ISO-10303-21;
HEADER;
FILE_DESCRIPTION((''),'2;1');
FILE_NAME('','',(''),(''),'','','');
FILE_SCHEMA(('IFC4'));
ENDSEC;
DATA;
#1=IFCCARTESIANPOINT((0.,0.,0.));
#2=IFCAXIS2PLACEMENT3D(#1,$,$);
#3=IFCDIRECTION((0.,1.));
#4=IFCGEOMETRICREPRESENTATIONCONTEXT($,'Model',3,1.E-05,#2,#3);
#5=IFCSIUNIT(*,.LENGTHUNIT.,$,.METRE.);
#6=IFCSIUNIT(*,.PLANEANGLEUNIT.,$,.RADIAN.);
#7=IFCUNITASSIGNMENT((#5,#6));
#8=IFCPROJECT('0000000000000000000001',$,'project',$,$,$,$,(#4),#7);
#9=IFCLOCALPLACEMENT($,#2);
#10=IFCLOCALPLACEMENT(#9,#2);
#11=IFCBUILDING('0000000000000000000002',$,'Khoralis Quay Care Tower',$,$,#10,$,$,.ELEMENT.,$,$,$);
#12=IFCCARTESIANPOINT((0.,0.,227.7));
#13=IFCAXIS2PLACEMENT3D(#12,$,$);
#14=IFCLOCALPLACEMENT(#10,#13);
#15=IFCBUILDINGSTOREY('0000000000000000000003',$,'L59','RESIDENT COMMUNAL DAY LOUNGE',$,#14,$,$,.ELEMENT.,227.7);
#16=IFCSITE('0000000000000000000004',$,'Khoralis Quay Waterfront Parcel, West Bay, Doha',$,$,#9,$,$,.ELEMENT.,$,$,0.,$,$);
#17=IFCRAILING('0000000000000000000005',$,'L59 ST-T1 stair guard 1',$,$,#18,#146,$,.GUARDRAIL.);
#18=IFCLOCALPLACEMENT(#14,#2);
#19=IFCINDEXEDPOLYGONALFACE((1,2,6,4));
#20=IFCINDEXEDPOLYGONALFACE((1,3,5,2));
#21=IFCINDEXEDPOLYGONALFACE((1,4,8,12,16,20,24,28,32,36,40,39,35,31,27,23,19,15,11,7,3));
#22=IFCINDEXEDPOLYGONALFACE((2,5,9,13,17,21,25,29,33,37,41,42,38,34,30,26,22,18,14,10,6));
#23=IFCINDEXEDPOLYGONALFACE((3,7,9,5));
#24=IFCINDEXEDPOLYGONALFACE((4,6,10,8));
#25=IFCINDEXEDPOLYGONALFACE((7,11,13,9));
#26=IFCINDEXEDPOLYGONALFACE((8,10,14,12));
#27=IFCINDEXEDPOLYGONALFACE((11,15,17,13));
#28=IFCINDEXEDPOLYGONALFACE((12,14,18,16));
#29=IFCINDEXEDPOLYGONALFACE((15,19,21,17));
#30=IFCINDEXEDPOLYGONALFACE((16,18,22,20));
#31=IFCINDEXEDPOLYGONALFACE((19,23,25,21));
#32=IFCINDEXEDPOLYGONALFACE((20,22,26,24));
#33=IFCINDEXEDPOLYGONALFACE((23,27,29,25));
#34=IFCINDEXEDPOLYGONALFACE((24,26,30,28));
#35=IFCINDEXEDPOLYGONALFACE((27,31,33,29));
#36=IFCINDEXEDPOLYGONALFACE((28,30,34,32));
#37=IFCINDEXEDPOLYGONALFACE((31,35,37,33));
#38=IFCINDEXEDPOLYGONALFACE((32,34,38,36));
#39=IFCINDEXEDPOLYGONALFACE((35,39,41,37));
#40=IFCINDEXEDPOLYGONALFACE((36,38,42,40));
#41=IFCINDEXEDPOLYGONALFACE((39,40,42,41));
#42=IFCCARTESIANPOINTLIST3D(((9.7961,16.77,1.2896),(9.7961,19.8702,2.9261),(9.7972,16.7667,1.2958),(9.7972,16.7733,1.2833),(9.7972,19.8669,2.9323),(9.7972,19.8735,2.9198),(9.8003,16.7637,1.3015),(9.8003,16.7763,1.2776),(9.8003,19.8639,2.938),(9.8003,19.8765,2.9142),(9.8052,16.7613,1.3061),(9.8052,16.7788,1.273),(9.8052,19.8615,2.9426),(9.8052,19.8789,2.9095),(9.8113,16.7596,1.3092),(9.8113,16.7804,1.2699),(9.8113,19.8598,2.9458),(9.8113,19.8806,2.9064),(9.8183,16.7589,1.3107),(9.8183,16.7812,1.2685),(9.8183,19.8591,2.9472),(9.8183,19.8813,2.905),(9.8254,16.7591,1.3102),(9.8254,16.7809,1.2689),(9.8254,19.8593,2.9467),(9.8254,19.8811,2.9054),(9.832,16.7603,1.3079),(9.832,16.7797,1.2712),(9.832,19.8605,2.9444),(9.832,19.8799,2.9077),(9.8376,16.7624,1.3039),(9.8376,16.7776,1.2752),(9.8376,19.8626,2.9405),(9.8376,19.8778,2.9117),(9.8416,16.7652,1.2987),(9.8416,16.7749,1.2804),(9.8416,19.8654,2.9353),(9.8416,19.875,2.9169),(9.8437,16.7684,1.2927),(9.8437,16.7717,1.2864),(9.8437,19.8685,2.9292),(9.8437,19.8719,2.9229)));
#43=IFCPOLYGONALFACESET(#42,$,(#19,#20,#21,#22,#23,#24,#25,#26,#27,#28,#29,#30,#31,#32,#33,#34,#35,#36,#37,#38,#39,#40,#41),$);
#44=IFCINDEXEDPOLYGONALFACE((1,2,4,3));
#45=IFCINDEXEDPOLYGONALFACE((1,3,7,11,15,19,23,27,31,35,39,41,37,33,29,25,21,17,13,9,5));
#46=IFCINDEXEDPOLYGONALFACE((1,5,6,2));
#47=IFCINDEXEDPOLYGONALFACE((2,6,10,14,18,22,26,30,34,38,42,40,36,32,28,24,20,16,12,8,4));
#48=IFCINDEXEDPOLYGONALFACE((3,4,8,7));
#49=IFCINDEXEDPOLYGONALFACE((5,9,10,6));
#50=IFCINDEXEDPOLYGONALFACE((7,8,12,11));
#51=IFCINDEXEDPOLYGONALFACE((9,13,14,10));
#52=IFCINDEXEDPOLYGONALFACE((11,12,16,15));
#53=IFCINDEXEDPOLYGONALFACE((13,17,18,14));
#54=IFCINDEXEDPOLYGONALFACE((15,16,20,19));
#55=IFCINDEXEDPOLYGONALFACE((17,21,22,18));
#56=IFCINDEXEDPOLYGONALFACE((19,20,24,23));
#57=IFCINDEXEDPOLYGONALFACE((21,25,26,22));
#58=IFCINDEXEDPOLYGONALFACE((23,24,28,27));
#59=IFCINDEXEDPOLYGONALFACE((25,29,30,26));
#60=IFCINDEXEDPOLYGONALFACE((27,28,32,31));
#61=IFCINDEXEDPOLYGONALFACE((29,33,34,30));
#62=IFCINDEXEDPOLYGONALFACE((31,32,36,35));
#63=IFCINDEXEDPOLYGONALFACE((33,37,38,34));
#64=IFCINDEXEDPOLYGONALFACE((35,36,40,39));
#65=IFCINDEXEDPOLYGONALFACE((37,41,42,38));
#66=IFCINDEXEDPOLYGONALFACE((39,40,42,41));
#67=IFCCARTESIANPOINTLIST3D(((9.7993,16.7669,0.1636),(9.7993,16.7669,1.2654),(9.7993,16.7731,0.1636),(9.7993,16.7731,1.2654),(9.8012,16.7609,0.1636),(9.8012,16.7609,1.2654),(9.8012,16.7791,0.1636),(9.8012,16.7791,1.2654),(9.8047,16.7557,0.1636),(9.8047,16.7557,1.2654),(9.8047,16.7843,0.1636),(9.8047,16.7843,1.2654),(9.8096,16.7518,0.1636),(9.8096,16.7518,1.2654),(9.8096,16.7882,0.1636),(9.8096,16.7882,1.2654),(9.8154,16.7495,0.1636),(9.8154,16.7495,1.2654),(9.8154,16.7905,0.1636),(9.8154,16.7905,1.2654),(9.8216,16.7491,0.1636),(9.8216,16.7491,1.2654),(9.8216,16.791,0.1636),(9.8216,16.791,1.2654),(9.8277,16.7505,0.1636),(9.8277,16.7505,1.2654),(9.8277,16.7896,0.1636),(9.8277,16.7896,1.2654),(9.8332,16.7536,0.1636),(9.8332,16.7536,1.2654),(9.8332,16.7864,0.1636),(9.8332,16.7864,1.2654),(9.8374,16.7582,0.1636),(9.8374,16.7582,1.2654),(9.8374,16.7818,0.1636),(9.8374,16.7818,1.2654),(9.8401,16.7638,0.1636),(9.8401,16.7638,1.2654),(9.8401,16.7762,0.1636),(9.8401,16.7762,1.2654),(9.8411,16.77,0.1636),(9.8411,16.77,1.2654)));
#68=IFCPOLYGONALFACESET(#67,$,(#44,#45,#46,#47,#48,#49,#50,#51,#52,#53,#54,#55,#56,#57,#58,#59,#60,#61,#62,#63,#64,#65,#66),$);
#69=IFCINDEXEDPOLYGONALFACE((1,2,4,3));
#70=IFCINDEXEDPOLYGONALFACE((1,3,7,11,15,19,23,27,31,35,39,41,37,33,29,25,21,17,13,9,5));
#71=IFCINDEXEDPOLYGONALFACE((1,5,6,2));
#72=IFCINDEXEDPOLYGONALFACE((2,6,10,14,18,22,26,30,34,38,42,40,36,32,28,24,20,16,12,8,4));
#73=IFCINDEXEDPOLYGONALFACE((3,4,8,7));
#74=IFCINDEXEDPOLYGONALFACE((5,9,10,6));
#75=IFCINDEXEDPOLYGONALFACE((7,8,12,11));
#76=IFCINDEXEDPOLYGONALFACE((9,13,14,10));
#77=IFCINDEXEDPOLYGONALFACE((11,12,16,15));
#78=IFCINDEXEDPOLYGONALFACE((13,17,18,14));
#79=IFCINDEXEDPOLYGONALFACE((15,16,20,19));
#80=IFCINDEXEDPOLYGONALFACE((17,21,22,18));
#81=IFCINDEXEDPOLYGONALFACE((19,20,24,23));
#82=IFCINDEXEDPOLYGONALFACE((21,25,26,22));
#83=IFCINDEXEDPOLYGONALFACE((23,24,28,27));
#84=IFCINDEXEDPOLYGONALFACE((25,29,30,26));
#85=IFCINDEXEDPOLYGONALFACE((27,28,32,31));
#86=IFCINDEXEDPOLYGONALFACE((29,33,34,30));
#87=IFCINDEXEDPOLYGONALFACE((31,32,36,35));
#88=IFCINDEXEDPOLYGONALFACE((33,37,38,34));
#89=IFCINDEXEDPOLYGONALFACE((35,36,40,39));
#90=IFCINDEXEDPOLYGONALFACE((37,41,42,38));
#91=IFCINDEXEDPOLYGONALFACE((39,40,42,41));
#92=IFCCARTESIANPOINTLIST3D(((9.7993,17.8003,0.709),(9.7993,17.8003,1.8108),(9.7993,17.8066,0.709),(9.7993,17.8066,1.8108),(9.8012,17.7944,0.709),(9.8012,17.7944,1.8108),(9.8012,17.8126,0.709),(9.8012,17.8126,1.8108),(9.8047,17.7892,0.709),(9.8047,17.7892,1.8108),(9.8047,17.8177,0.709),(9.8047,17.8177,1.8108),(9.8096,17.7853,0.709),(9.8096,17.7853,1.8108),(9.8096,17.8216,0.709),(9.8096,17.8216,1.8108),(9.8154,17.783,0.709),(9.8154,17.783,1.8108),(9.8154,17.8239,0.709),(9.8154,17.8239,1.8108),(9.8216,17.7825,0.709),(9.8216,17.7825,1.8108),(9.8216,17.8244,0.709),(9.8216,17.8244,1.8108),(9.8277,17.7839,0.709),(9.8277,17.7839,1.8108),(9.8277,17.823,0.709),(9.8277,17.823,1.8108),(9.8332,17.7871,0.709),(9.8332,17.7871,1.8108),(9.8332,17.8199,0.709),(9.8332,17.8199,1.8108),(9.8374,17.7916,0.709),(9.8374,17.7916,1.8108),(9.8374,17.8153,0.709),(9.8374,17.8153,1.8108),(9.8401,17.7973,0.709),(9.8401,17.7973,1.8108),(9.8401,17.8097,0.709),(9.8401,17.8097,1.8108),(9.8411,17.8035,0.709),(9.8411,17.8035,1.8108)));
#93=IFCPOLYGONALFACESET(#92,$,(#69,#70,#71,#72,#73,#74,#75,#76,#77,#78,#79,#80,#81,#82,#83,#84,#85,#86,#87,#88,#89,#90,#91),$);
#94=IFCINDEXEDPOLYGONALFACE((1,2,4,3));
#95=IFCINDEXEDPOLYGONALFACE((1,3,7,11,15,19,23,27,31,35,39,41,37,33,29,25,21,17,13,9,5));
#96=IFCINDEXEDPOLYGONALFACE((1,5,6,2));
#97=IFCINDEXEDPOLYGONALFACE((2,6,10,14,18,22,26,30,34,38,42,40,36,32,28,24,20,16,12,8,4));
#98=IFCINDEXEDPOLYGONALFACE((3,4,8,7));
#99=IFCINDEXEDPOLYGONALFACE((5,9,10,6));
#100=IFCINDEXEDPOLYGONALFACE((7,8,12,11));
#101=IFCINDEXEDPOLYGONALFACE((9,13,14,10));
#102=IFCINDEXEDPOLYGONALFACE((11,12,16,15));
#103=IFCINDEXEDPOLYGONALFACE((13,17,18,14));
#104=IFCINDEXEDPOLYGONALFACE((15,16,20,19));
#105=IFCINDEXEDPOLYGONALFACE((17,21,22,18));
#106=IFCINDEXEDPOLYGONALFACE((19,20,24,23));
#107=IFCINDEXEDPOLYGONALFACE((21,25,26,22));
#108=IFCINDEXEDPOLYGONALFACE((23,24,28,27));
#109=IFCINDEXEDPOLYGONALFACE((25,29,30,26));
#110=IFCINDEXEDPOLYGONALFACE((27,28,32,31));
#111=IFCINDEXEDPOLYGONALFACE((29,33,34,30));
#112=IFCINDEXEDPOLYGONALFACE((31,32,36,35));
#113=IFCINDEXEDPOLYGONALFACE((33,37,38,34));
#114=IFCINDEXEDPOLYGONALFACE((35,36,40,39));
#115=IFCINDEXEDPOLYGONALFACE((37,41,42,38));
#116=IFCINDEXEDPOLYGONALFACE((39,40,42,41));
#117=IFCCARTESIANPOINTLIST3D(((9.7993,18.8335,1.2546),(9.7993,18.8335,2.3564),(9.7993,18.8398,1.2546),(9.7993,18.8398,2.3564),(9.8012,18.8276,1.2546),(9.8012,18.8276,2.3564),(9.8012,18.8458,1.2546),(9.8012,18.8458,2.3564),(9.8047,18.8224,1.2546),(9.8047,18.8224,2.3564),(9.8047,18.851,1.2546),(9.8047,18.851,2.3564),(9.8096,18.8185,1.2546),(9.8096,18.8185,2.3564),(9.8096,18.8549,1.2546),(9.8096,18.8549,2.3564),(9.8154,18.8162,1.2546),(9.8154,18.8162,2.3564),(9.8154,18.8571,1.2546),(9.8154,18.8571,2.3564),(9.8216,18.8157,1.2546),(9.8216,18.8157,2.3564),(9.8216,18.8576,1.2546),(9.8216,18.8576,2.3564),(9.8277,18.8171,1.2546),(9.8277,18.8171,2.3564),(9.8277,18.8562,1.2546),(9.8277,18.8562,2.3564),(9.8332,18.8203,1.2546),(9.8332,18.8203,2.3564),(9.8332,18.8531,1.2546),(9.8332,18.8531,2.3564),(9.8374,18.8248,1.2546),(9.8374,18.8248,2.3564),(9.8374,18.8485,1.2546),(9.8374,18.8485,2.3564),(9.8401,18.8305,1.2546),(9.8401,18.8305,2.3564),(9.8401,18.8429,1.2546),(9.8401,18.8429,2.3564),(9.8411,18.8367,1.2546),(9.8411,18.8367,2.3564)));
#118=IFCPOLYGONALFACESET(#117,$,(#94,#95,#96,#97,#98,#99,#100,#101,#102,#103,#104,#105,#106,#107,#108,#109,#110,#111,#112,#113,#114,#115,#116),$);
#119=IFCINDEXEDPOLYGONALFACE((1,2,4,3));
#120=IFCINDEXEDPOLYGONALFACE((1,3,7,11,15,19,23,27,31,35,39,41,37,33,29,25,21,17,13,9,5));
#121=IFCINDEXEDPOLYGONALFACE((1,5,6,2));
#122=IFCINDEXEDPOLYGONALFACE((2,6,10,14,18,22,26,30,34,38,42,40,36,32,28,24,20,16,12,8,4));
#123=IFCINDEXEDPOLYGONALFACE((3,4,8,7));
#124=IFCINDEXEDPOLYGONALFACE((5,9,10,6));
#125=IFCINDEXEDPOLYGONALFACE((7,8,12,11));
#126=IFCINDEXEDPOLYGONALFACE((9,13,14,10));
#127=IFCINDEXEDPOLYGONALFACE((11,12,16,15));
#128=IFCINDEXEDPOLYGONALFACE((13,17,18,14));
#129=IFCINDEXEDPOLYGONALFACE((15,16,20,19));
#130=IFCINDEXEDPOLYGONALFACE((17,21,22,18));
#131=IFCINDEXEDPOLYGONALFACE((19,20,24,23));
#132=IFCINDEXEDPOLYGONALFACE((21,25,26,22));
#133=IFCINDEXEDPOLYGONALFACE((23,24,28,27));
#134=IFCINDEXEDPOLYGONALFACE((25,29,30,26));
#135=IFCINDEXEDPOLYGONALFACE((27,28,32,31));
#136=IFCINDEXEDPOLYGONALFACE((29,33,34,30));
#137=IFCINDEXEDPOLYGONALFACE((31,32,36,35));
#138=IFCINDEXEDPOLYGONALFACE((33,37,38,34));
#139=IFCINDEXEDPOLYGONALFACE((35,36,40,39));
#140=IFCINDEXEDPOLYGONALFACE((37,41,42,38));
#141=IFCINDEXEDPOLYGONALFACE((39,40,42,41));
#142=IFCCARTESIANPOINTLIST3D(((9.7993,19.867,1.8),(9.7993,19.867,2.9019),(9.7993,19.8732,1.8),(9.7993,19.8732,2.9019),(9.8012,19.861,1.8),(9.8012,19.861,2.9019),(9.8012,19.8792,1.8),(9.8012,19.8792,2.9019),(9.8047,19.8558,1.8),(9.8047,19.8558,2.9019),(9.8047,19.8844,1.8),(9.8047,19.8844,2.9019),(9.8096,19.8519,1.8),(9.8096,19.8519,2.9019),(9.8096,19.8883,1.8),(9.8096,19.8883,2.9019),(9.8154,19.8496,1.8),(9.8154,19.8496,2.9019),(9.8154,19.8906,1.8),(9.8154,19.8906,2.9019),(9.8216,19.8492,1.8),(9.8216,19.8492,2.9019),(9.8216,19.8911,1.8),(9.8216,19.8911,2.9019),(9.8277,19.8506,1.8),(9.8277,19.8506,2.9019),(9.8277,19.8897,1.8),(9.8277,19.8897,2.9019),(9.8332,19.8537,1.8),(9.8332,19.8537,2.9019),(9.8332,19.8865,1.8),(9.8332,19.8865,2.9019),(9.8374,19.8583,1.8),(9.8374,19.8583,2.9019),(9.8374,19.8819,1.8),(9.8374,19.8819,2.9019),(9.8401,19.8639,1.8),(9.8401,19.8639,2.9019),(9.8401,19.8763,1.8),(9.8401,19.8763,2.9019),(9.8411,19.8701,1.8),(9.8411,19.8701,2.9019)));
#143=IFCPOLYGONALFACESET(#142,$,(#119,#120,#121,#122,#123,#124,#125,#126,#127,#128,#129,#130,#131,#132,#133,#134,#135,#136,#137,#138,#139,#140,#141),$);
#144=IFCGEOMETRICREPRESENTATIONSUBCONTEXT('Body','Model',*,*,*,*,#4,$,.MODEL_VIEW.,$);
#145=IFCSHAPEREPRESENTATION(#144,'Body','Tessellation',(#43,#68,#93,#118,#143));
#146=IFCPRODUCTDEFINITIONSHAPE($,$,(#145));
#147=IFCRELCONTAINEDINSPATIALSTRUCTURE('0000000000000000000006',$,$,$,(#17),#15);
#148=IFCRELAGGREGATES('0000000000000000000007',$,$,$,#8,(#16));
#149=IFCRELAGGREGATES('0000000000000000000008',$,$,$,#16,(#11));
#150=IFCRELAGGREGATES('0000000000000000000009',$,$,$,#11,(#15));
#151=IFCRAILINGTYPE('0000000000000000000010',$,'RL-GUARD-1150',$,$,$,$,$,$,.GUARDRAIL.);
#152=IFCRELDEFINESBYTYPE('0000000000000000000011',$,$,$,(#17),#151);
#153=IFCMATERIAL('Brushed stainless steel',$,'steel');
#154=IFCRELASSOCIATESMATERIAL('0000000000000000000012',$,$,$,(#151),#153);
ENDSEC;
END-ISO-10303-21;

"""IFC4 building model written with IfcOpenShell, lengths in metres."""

from ifc_helpers import new_model, si_unit, direction, frame, origin, origin_2d, place, context, subcontext, project, spatial, circle, extrude, material, type_object, element, save


model = new_model("IFC4")

# Units and contexts
model_context = context("Model", 3, precision=1e-05, world=origin(), true_north=direction((0.0, 1.0)))
body_context = subcontext(model_context, "Body", "Model", "MODEL_VIEW")
ifc_project = project(units=[si_unit("LENGTHUNIT", "METRE"), si_unit("PLANEANGLEUNIT", "RADIAN")], contexts=[model_context])

# Site, building, storey
site_placement = place(None, origin())
site = spatial("IfcSite", under=ifc_project, at=site_placement, Name="Khoralis Quay Waterfront Parcel, West Bay, Doha", CompositionType="ELEMENT", RefElevation=0.0)
building_placement = place(site_placement, origin())
building = spatial("IfcBuilding", under=site, at=building_placement, Name="Khoralis Quay Care Tower", CompositionType="ELEMENT")
storey_placement = place(building_placement, frame((0.0, 0.0, 227.7)))
storey = spatial("IfcBuildingStorey", under=building, at=storey_placement, Name="L59", Description="RESIDENT COMMUNAL DAY LOUNGE", CompositionType="ELEMENT", Elevation=227.7)

# Railing
ifc_material_1 = material(Name="Brushed stainless steel", Category="steel")
railing_type_1 = type_object("IfcRailingType", Name="RL-GUARD-1150", PredefinedType="GUARDRAIL", material=ifc_material_1)
railing_1_placement = place(storey_placement, frame((9.8201, 16.77, 0.1636)))
element("IfcRailing", 1, at=railing_1_placement, inside=storey, type_object=railing_type_1, Name="L59 ST-T1 stair guard 1", PredefinedType="GUARDRAIL", context=body_context, shape_type="SweptSolid", body=[
    extrude(circle(Radius=0.0239, at=origin_2d()), frame((0.0, 0.0, 1.126), z_axis=(0.0, 0.884348, 0.466828), x_axis=(-1.0, 0.0, 0.0)), (0.0, 0.0, 1.0), 3.5056),
    extrude(circle(Radius=0.021, at=origin_2d()), origin(), (0.0, 0.0, 1.0), 1.1018),
    extrude(circle(Radius=0.021, at=origin_2d()), frame((0.0, 1.0334, 0.5454)), (0.0, 0.0, 1.0), 1.1018),
    extrude(circle(Radius=0.021, at=origin_2d()), frame((0.0, 2.0667, 1.0911)), (0.0, 0.0, 1.0), 1.1018),
    extrude(circle(Radius=0.021, at=origin_2d()), frame((0.0, 3.1001, 1.6365)), (0.0, 0.0, 1.0), 1.1018),
])

save(model, "model.ifc")
